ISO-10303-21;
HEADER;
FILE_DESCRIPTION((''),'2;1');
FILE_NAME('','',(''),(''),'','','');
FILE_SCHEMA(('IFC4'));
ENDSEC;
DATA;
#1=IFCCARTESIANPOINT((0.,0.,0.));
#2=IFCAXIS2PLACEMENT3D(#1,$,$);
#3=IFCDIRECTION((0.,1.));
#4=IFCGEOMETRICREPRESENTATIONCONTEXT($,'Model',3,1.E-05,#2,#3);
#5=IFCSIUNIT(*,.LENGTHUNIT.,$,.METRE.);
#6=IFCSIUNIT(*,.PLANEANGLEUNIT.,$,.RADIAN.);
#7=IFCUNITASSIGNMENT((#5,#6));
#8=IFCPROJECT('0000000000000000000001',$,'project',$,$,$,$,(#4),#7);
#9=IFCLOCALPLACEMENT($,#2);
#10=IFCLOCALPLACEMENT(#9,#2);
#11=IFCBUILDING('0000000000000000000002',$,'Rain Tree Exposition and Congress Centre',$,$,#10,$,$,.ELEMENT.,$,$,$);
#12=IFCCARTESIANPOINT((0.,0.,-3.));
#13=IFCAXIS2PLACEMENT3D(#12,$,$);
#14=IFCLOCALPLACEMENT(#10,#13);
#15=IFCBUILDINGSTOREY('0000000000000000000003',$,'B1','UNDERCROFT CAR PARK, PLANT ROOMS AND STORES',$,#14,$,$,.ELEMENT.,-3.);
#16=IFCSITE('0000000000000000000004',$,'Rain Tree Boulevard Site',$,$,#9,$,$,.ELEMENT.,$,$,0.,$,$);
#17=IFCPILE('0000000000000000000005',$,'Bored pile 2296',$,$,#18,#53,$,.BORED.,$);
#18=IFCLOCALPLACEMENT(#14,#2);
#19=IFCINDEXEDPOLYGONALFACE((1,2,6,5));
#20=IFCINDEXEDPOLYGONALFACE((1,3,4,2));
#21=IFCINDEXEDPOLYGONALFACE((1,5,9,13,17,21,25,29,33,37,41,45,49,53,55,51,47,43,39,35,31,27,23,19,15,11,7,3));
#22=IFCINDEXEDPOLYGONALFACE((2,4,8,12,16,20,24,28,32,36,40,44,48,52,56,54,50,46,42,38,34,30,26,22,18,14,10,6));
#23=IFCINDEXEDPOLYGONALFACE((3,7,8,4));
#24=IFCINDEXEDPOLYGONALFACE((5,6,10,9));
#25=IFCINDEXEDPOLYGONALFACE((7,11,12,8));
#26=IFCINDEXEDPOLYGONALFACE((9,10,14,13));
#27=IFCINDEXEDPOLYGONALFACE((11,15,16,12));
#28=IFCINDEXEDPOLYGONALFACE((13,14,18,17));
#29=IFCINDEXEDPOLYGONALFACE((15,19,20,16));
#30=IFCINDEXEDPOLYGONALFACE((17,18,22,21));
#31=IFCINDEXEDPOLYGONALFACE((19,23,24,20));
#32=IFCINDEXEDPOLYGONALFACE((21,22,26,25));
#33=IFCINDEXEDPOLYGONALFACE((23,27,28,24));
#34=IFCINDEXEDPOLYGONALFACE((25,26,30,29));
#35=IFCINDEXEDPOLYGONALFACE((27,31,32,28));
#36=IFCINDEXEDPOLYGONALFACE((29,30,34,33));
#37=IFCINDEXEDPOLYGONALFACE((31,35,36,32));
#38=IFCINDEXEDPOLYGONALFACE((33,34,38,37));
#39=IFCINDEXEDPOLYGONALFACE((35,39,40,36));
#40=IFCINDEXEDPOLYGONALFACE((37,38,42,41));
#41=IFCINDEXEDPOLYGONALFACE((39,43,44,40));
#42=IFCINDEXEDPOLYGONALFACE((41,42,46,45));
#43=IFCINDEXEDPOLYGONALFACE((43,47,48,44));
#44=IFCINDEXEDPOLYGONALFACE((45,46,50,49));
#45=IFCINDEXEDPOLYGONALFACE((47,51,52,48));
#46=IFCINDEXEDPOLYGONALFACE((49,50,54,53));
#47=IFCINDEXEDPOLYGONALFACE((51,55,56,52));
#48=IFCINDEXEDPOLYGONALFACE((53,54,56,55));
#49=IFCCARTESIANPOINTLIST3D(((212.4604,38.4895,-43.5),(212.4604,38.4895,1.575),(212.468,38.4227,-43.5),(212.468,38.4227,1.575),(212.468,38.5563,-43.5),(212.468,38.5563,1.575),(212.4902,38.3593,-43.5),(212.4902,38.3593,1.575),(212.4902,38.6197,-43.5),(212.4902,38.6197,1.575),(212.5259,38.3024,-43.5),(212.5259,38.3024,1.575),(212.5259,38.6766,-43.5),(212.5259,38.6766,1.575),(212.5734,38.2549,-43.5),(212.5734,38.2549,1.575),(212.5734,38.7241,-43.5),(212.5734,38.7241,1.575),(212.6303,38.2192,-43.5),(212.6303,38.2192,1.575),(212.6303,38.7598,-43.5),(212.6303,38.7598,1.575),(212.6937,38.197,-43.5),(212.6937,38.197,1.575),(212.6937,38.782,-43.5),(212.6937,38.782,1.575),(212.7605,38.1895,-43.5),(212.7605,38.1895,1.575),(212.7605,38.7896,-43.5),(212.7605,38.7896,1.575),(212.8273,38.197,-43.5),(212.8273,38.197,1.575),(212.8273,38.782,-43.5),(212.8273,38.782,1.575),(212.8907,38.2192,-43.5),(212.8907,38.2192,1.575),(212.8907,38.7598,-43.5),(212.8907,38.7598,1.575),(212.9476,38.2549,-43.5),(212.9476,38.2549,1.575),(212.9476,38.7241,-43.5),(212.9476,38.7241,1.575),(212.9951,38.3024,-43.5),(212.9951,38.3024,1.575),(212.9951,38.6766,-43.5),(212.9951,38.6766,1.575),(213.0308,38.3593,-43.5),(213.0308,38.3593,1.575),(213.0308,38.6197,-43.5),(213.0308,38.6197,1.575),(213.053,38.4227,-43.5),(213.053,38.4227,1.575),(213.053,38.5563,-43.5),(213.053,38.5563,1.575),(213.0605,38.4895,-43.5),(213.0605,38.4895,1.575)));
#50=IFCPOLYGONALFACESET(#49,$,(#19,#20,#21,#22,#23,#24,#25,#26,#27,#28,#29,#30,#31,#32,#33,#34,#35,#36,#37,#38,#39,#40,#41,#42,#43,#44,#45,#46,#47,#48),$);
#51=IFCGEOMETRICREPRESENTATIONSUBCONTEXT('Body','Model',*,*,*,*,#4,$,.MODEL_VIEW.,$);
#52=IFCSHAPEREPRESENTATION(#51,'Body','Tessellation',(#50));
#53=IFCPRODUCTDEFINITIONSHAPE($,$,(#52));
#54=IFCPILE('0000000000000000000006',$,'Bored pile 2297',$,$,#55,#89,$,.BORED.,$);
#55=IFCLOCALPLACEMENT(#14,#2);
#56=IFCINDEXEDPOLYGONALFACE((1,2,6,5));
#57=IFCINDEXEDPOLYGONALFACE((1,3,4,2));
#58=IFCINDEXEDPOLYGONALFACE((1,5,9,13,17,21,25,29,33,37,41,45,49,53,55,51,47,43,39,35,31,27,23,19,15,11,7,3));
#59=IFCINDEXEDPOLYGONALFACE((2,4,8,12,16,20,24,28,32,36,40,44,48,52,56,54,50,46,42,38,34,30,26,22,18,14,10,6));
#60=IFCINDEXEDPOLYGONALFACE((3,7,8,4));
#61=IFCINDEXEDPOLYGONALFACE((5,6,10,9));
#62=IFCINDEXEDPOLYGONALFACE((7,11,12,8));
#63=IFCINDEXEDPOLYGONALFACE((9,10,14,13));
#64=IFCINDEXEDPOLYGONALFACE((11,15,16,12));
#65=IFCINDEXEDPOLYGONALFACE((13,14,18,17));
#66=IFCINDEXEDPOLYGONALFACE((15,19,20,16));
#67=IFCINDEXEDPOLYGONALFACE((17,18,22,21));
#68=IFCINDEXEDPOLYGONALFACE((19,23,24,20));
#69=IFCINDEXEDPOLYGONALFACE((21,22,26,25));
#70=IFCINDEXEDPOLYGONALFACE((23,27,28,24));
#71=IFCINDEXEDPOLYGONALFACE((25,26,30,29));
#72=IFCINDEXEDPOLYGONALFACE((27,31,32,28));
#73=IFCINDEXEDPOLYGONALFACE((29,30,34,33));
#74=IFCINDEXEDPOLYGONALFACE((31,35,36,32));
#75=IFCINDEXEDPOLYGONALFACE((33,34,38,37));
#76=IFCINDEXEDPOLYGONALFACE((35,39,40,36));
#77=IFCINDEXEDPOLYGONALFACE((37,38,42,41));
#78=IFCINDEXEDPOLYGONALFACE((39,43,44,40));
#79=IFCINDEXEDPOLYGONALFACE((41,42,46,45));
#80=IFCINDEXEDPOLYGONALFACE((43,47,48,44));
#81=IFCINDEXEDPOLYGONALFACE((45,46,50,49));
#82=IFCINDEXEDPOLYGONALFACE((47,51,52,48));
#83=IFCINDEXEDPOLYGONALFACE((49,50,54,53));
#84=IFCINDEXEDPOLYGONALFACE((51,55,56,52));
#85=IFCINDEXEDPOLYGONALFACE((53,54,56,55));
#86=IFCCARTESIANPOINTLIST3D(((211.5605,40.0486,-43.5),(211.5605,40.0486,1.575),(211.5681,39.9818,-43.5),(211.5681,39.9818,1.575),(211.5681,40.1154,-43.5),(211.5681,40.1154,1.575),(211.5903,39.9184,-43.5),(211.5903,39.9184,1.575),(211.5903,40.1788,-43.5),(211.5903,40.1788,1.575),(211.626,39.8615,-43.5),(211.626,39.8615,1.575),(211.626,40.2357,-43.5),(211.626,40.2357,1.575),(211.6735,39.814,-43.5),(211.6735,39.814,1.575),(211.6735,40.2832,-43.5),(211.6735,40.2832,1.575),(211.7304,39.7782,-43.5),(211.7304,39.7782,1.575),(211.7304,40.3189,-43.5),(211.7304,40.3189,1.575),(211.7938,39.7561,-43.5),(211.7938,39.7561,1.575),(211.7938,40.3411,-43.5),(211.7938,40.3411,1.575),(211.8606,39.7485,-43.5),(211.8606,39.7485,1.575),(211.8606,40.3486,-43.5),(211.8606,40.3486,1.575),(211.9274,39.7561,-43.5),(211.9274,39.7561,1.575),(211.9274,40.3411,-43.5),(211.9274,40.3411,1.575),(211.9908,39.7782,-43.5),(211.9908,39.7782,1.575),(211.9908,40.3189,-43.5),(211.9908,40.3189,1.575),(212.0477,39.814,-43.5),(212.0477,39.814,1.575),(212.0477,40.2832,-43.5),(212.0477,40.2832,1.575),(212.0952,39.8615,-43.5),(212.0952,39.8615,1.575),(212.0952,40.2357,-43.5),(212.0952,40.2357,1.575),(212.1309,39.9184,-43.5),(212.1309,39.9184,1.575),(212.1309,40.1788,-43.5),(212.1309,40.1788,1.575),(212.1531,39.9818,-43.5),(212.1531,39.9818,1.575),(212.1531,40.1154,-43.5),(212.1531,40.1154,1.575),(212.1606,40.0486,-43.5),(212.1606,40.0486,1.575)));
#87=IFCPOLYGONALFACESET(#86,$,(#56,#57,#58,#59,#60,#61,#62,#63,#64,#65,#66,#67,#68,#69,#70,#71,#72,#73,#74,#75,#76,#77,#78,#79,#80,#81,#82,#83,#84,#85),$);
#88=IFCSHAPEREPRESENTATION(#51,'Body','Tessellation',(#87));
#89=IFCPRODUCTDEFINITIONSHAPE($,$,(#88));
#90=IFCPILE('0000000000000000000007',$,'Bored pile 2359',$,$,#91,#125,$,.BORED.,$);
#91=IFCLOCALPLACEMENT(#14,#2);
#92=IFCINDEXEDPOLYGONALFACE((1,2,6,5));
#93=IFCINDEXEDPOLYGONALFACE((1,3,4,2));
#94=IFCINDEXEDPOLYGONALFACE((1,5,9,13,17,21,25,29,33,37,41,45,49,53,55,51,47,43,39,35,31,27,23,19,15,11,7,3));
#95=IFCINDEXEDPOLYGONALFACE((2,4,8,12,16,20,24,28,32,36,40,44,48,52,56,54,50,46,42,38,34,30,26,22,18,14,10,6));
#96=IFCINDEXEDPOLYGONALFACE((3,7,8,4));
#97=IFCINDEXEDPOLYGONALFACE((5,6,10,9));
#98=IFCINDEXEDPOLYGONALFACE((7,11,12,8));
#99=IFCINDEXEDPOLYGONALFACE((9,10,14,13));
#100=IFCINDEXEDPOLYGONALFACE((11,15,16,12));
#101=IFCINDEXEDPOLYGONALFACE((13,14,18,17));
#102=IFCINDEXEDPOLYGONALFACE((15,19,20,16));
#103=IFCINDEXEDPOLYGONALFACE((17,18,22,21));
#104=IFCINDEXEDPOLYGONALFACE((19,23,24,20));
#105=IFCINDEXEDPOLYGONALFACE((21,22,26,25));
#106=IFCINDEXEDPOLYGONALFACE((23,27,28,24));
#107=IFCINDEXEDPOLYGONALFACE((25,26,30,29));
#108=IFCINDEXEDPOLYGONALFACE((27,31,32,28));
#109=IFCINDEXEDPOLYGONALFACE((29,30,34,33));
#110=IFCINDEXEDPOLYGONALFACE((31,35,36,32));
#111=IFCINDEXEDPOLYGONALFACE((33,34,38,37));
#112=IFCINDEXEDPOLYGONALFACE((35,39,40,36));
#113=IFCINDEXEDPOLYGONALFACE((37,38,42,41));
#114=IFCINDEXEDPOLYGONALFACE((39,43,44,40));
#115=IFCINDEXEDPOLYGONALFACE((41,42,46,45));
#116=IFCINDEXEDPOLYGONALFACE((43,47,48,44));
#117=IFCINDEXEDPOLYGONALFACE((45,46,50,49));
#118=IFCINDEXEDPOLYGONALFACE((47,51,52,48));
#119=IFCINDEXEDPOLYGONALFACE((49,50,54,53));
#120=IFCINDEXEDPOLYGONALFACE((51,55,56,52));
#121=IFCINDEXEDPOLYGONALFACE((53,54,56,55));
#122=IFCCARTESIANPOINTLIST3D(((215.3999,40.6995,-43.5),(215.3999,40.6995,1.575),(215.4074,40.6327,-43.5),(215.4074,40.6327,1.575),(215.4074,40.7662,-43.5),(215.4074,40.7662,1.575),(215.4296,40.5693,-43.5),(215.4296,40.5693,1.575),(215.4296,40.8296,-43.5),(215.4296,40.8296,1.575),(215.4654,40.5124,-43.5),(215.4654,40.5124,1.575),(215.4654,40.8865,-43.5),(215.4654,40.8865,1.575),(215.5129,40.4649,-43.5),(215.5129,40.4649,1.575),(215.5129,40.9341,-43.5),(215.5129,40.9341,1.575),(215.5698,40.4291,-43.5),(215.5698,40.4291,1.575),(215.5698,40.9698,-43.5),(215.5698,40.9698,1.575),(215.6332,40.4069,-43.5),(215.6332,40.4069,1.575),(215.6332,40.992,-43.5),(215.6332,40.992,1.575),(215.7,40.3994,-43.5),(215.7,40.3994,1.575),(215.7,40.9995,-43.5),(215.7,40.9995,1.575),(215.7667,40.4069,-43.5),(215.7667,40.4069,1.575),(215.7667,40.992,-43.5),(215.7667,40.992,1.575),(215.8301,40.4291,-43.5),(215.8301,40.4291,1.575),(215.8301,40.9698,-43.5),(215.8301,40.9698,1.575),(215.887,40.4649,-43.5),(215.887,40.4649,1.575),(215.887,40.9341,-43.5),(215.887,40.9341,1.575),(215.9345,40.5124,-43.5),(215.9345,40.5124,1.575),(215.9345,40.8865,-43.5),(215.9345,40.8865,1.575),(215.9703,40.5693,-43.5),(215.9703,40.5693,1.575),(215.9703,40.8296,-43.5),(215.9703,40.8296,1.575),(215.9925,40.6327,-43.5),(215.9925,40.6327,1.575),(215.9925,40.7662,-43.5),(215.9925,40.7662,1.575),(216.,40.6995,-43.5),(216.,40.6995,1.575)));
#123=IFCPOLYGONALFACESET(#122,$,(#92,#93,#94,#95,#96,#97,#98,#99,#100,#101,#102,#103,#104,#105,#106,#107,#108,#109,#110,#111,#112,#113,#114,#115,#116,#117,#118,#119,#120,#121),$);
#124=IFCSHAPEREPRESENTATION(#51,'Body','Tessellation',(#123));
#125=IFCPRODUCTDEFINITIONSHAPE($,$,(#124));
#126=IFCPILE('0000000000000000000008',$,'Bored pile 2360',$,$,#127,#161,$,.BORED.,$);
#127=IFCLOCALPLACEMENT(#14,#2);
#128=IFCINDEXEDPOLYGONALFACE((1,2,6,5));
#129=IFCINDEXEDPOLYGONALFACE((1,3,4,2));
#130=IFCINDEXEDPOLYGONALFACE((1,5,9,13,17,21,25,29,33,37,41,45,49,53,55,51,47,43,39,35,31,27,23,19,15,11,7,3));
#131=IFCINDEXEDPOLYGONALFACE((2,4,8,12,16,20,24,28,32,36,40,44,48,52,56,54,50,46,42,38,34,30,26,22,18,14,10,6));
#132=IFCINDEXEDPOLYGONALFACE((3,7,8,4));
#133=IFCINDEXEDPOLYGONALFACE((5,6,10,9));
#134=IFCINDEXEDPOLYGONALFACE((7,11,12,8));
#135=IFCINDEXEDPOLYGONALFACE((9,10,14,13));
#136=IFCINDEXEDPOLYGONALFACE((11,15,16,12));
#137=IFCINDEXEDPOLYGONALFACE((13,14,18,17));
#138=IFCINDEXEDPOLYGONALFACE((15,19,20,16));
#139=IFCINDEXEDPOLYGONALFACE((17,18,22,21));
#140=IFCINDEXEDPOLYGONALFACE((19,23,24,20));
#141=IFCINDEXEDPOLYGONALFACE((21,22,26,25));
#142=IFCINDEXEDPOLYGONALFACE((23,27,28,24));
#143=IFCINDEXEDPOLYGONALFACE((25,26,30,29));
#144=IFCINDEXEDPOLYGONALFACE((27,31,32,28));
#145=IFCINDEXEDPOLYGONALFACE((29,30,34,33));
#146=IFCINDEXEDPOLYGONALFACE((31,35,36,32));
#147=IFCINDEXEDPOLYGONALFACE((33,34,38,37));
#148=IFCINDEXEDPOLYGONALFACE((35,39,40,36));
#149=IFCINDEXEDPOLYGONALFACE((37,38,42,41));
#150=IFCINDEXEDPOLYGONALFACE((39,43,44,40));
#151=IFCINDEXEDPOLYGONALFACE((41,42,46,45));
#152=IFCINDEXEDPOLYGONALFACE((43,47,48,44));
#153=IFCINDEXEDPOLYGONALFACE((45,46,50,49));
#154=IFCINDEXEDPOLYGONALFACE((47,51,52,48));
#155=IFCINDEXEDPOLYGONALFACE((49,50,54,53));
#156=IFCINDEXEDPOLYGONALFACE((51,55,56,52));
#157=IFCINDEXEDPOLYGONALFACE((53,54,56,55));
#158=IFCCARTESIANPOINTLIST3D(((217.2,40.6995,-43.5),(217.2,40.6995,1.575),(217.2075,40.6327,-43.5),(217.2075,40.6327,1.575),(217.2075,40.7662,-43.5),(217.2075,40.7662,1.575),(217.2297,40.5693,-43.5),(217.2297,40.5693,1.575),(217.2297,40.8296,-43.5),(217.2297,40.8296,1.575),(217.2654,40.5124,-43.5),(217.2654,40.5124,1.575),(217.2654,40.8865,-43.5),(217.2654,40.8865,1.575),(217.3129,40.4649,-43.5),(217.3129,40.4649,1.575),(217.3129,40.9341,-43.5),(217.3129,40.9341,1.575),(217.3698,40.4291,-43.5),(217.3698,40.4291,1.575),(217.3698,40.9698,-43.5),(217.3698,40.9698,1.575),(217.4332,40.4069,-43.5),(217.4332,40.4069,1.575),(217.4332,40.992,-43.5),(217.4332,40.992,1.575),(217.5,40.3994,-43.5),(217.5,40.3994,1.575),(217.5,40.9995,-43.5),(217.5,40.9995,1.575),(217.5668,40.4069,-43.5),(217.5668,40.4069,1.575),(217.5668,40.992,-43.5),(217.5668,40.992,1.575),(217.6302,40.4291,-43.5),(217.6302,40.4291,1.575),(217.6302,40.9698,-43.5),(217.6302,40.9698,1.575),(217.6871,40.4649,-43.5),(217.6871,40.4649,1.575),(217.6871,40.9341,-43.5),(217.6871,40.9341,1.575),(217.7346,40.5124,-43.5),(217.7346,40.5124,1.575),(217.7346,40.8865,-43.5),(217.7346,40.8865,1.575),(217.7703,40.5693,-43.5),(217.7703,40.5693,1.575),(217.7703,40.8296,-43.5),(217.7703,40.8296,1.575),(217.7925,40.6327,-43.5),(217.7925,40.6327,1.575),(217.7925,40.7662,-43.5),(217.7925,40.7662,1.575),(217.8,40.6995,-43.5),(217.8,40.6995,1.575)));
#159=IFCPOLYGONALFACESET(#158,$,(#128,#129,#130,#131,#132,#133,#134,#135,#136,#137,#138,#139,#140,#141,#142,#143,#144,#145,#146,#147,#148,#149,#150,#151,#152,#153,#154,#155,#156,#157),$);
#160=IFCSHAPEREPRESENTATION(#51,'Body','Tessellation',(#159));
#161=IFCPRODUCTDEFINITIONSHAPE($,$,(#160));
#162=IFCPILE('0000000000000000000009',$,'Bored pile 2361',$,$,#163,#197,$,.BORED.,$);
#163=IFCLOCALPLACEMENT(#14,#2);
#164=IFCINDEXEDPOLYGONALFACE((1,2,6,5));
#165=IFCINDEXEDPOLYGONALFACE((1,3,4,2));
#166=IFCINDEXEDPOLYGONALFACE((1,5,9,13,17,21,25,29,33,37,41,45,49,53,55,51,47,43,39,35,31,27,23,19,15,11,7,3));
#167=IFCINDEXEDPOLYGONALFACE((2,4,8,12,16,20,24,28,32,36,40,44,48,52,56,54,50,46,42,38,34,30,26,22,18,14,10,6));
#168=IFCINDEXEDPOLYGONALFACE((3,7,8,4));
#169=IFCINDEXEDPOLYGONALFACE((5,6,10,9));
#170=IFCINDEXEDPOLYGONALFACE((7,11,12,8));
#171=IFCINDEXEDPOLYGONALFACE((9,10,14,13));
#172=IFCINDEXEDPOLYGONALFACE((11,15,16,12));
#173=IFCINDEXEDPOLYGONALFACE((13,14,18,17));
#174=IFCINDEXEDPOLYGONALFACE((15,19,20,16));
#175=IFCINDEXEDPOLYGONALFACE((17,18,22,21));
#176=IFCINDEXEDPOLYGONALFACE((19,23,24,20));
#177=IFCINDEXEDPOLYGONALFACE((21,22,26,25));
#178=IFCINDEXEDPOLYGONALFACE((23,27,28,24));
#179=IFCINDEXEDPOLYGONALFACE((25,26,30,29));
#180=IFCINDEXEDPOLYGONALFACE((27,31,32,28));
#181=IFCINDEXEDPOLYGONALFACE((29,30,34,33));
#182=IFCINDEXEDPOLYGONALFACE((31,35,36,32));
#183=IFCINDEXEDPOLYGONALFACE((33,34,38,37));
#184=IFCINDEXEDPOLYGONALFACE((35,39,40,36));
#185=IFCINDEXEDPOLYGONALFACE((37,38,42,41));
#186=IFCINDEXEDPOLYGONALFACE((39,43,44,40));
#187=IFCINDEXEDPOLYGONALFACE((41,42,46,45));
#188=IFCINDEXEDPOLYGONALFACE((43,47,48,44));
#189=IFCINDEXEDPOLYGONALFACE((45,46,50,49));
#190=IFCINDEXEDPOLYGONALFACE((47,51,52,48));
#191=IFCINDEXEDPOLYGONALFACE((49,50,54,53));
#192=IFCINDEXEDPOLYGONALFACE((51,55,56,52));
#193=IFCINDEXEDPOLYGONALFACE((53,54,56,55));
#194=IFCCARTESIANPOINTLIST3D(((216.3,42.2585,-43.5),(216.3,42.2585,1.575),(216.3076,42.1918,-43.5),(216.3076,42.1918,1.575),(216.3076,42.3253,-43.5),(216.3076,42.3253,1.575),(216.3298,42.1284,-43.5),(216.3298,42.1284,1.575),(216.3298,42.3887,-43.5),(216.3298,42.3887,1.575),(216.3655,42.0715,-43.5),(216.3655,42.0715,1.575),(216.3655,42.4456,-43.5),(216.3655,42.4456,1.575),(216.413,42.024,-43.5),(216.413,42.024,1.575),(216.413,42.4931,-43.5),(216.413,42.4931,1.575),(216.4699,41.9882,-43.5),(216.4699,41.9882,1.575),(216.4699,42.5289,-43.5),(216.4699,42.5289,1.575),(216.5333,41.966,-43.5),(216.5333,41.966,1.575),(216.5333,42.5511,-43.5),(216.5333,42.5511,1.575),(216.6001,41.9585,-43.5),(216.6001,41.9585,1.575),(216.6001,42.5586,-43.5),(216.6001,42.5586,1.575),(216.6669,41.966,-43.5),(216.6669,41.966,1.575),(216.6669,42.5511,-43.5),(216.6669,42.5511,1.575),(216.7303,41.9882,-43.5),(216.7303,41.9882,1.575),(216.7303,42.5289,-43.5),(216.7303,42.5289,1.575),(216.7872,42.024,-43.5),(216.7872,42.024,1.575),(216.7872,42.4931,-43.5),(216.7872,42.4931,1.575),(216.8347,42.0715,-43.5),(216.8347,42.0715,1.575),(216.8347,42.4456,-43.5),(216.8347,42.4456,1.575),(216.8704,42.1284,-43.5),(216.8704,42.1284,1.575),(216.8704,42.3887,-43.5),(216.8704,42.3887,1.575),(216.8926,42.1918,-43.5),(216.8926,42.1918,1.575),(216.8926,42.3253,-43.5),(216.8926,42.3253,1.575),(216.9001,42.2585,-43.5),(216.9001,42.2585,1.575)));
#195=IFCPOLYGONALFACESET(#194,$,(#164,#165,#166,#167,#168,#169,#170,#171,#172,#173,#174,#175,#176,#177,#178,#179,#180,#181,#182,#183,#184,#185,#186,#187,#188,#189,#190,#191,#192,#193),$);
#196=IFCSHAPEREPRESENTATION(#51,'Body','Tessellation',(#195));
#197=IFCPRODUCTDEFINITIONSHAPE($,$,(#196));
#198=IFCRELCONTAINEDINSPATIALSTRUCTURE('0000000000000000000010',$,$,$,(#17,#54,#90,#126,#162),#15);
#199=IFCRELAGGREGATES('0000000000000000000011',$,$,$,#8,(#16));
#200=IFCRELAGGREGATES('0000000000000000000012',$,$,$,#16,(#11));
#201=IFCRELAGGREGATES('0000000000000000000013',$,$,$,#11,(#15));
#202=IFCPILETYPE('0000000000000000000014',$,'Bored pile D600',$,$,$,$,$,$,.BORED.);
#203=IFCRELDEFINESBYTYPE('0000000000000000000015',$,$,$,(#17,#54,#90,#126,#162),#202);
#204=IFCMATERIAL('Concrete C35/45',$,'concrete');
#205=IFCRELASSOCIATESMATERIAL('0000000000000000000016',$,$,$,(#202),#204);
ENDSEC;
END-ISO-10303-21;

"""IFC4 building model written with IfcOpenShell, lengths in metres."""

from ifc_helpers import new_model, si_unit, direction, frame, origin, origin_2d, place, context, subcontext, project, spatial, circle, extrude, material, material_profile, profile_set, type_object, element, save


model = new_model("IFC4")

# Units and contexts
model_context = context("Model", 3, precision=1e-05, world=origin(), true_north=direction((0.0, 1.0)))
body_context = subcontext(model_context, "Body", "Model", "MODEL_VIEW")
ifc_project = project(units=[si_unit("LENGTHUNIT", "METRE"), si_unit("PLANEANGLEUNIT", "RADIAN")], contexts=[model_context])

# Site, building, storey
site_placement = place(None, origin())
site = spatial("IfcSite", under=ifc_project, at=site_placement, Name="Rain Tree Boulevard Site", CompositionType="ELEMENT", RefElevation=0.0)
building_placement = place(site_placement, origin())
building = spatial("IfcBuilding", under=site, at=building_placement, Name="Rain Tree Exposition and Congress Centre", CompositionType="ELEMENT")
storey_placement = place(building_placement, frame((0.0, 0.0, -3.0)))
storey = spatial("IfcBuildingStorey", under=building, at=storey_placement, Name="B1", Description="UNDERCROFT CAR PARK, PLANT ROOMS AND STORES", CompositionType="ELEMENT", Elevation=-3.0)

# Piles
ifc_material_1 = material(Name="Concrete C35/45", Category="concrete")
ifc_material_profile_1 = material_profile(ifc_material_1, circle(Radius=0.3, at=origin_2d()), Name="D600")
ifc_profile_set_1 = profile_set([ifc_material_profile_1], Name="Concrete C35/45")
pile_type_1 = type_object("IfcPileType", Name="Bored pile D600", PredefinedType="BORED", material=ifc_profile_set_1)
for number, where, z_axis, x_axis, name in (
    (1, (212.7605, 38.4895, 1.575), (0.0, 0.0, -1.0), (1.0, 0.0, 0.0), "Bored pile 2296"),
    (2, (211.8606, 40.0486, 1.575), (0.0, 0.0, -1.0), (1.0, 0.0, 0.0), "Bored pile 2297"),
    (3, (215.7, 40.6995, 1.575), (0.0, 0.0, -1.0), (1.0, 0.0, 0.0), "Bored pile 2359"),
    (4, (217.5, 40.6995, 1.575), (0.0, 0.0, -1.0), (1.0, 0.0, 0.0), "Bored pile 2360"),
    (5, (216.6001, 42.2585, 1.575), (0.0, 0.0, -1.0), (1.0, 0.0, 0.0), "Bored pile 2361"),
):
    element("IfcPile", number, at=place(storey_placement, frame(where, z_axis=z_axis, x_axis=x_axis)), inside=storey, type_object=pile_type_1, Name=name, PredefinedType="BORED", context=body_context, shape_type="SweptSolid", body=[
        extrude(circle(Radius=0.3, at=origin_2d()), origin(), (0.0, 0.0, 1.0), 45.075),
    ])

save(model, "model.ifc")
